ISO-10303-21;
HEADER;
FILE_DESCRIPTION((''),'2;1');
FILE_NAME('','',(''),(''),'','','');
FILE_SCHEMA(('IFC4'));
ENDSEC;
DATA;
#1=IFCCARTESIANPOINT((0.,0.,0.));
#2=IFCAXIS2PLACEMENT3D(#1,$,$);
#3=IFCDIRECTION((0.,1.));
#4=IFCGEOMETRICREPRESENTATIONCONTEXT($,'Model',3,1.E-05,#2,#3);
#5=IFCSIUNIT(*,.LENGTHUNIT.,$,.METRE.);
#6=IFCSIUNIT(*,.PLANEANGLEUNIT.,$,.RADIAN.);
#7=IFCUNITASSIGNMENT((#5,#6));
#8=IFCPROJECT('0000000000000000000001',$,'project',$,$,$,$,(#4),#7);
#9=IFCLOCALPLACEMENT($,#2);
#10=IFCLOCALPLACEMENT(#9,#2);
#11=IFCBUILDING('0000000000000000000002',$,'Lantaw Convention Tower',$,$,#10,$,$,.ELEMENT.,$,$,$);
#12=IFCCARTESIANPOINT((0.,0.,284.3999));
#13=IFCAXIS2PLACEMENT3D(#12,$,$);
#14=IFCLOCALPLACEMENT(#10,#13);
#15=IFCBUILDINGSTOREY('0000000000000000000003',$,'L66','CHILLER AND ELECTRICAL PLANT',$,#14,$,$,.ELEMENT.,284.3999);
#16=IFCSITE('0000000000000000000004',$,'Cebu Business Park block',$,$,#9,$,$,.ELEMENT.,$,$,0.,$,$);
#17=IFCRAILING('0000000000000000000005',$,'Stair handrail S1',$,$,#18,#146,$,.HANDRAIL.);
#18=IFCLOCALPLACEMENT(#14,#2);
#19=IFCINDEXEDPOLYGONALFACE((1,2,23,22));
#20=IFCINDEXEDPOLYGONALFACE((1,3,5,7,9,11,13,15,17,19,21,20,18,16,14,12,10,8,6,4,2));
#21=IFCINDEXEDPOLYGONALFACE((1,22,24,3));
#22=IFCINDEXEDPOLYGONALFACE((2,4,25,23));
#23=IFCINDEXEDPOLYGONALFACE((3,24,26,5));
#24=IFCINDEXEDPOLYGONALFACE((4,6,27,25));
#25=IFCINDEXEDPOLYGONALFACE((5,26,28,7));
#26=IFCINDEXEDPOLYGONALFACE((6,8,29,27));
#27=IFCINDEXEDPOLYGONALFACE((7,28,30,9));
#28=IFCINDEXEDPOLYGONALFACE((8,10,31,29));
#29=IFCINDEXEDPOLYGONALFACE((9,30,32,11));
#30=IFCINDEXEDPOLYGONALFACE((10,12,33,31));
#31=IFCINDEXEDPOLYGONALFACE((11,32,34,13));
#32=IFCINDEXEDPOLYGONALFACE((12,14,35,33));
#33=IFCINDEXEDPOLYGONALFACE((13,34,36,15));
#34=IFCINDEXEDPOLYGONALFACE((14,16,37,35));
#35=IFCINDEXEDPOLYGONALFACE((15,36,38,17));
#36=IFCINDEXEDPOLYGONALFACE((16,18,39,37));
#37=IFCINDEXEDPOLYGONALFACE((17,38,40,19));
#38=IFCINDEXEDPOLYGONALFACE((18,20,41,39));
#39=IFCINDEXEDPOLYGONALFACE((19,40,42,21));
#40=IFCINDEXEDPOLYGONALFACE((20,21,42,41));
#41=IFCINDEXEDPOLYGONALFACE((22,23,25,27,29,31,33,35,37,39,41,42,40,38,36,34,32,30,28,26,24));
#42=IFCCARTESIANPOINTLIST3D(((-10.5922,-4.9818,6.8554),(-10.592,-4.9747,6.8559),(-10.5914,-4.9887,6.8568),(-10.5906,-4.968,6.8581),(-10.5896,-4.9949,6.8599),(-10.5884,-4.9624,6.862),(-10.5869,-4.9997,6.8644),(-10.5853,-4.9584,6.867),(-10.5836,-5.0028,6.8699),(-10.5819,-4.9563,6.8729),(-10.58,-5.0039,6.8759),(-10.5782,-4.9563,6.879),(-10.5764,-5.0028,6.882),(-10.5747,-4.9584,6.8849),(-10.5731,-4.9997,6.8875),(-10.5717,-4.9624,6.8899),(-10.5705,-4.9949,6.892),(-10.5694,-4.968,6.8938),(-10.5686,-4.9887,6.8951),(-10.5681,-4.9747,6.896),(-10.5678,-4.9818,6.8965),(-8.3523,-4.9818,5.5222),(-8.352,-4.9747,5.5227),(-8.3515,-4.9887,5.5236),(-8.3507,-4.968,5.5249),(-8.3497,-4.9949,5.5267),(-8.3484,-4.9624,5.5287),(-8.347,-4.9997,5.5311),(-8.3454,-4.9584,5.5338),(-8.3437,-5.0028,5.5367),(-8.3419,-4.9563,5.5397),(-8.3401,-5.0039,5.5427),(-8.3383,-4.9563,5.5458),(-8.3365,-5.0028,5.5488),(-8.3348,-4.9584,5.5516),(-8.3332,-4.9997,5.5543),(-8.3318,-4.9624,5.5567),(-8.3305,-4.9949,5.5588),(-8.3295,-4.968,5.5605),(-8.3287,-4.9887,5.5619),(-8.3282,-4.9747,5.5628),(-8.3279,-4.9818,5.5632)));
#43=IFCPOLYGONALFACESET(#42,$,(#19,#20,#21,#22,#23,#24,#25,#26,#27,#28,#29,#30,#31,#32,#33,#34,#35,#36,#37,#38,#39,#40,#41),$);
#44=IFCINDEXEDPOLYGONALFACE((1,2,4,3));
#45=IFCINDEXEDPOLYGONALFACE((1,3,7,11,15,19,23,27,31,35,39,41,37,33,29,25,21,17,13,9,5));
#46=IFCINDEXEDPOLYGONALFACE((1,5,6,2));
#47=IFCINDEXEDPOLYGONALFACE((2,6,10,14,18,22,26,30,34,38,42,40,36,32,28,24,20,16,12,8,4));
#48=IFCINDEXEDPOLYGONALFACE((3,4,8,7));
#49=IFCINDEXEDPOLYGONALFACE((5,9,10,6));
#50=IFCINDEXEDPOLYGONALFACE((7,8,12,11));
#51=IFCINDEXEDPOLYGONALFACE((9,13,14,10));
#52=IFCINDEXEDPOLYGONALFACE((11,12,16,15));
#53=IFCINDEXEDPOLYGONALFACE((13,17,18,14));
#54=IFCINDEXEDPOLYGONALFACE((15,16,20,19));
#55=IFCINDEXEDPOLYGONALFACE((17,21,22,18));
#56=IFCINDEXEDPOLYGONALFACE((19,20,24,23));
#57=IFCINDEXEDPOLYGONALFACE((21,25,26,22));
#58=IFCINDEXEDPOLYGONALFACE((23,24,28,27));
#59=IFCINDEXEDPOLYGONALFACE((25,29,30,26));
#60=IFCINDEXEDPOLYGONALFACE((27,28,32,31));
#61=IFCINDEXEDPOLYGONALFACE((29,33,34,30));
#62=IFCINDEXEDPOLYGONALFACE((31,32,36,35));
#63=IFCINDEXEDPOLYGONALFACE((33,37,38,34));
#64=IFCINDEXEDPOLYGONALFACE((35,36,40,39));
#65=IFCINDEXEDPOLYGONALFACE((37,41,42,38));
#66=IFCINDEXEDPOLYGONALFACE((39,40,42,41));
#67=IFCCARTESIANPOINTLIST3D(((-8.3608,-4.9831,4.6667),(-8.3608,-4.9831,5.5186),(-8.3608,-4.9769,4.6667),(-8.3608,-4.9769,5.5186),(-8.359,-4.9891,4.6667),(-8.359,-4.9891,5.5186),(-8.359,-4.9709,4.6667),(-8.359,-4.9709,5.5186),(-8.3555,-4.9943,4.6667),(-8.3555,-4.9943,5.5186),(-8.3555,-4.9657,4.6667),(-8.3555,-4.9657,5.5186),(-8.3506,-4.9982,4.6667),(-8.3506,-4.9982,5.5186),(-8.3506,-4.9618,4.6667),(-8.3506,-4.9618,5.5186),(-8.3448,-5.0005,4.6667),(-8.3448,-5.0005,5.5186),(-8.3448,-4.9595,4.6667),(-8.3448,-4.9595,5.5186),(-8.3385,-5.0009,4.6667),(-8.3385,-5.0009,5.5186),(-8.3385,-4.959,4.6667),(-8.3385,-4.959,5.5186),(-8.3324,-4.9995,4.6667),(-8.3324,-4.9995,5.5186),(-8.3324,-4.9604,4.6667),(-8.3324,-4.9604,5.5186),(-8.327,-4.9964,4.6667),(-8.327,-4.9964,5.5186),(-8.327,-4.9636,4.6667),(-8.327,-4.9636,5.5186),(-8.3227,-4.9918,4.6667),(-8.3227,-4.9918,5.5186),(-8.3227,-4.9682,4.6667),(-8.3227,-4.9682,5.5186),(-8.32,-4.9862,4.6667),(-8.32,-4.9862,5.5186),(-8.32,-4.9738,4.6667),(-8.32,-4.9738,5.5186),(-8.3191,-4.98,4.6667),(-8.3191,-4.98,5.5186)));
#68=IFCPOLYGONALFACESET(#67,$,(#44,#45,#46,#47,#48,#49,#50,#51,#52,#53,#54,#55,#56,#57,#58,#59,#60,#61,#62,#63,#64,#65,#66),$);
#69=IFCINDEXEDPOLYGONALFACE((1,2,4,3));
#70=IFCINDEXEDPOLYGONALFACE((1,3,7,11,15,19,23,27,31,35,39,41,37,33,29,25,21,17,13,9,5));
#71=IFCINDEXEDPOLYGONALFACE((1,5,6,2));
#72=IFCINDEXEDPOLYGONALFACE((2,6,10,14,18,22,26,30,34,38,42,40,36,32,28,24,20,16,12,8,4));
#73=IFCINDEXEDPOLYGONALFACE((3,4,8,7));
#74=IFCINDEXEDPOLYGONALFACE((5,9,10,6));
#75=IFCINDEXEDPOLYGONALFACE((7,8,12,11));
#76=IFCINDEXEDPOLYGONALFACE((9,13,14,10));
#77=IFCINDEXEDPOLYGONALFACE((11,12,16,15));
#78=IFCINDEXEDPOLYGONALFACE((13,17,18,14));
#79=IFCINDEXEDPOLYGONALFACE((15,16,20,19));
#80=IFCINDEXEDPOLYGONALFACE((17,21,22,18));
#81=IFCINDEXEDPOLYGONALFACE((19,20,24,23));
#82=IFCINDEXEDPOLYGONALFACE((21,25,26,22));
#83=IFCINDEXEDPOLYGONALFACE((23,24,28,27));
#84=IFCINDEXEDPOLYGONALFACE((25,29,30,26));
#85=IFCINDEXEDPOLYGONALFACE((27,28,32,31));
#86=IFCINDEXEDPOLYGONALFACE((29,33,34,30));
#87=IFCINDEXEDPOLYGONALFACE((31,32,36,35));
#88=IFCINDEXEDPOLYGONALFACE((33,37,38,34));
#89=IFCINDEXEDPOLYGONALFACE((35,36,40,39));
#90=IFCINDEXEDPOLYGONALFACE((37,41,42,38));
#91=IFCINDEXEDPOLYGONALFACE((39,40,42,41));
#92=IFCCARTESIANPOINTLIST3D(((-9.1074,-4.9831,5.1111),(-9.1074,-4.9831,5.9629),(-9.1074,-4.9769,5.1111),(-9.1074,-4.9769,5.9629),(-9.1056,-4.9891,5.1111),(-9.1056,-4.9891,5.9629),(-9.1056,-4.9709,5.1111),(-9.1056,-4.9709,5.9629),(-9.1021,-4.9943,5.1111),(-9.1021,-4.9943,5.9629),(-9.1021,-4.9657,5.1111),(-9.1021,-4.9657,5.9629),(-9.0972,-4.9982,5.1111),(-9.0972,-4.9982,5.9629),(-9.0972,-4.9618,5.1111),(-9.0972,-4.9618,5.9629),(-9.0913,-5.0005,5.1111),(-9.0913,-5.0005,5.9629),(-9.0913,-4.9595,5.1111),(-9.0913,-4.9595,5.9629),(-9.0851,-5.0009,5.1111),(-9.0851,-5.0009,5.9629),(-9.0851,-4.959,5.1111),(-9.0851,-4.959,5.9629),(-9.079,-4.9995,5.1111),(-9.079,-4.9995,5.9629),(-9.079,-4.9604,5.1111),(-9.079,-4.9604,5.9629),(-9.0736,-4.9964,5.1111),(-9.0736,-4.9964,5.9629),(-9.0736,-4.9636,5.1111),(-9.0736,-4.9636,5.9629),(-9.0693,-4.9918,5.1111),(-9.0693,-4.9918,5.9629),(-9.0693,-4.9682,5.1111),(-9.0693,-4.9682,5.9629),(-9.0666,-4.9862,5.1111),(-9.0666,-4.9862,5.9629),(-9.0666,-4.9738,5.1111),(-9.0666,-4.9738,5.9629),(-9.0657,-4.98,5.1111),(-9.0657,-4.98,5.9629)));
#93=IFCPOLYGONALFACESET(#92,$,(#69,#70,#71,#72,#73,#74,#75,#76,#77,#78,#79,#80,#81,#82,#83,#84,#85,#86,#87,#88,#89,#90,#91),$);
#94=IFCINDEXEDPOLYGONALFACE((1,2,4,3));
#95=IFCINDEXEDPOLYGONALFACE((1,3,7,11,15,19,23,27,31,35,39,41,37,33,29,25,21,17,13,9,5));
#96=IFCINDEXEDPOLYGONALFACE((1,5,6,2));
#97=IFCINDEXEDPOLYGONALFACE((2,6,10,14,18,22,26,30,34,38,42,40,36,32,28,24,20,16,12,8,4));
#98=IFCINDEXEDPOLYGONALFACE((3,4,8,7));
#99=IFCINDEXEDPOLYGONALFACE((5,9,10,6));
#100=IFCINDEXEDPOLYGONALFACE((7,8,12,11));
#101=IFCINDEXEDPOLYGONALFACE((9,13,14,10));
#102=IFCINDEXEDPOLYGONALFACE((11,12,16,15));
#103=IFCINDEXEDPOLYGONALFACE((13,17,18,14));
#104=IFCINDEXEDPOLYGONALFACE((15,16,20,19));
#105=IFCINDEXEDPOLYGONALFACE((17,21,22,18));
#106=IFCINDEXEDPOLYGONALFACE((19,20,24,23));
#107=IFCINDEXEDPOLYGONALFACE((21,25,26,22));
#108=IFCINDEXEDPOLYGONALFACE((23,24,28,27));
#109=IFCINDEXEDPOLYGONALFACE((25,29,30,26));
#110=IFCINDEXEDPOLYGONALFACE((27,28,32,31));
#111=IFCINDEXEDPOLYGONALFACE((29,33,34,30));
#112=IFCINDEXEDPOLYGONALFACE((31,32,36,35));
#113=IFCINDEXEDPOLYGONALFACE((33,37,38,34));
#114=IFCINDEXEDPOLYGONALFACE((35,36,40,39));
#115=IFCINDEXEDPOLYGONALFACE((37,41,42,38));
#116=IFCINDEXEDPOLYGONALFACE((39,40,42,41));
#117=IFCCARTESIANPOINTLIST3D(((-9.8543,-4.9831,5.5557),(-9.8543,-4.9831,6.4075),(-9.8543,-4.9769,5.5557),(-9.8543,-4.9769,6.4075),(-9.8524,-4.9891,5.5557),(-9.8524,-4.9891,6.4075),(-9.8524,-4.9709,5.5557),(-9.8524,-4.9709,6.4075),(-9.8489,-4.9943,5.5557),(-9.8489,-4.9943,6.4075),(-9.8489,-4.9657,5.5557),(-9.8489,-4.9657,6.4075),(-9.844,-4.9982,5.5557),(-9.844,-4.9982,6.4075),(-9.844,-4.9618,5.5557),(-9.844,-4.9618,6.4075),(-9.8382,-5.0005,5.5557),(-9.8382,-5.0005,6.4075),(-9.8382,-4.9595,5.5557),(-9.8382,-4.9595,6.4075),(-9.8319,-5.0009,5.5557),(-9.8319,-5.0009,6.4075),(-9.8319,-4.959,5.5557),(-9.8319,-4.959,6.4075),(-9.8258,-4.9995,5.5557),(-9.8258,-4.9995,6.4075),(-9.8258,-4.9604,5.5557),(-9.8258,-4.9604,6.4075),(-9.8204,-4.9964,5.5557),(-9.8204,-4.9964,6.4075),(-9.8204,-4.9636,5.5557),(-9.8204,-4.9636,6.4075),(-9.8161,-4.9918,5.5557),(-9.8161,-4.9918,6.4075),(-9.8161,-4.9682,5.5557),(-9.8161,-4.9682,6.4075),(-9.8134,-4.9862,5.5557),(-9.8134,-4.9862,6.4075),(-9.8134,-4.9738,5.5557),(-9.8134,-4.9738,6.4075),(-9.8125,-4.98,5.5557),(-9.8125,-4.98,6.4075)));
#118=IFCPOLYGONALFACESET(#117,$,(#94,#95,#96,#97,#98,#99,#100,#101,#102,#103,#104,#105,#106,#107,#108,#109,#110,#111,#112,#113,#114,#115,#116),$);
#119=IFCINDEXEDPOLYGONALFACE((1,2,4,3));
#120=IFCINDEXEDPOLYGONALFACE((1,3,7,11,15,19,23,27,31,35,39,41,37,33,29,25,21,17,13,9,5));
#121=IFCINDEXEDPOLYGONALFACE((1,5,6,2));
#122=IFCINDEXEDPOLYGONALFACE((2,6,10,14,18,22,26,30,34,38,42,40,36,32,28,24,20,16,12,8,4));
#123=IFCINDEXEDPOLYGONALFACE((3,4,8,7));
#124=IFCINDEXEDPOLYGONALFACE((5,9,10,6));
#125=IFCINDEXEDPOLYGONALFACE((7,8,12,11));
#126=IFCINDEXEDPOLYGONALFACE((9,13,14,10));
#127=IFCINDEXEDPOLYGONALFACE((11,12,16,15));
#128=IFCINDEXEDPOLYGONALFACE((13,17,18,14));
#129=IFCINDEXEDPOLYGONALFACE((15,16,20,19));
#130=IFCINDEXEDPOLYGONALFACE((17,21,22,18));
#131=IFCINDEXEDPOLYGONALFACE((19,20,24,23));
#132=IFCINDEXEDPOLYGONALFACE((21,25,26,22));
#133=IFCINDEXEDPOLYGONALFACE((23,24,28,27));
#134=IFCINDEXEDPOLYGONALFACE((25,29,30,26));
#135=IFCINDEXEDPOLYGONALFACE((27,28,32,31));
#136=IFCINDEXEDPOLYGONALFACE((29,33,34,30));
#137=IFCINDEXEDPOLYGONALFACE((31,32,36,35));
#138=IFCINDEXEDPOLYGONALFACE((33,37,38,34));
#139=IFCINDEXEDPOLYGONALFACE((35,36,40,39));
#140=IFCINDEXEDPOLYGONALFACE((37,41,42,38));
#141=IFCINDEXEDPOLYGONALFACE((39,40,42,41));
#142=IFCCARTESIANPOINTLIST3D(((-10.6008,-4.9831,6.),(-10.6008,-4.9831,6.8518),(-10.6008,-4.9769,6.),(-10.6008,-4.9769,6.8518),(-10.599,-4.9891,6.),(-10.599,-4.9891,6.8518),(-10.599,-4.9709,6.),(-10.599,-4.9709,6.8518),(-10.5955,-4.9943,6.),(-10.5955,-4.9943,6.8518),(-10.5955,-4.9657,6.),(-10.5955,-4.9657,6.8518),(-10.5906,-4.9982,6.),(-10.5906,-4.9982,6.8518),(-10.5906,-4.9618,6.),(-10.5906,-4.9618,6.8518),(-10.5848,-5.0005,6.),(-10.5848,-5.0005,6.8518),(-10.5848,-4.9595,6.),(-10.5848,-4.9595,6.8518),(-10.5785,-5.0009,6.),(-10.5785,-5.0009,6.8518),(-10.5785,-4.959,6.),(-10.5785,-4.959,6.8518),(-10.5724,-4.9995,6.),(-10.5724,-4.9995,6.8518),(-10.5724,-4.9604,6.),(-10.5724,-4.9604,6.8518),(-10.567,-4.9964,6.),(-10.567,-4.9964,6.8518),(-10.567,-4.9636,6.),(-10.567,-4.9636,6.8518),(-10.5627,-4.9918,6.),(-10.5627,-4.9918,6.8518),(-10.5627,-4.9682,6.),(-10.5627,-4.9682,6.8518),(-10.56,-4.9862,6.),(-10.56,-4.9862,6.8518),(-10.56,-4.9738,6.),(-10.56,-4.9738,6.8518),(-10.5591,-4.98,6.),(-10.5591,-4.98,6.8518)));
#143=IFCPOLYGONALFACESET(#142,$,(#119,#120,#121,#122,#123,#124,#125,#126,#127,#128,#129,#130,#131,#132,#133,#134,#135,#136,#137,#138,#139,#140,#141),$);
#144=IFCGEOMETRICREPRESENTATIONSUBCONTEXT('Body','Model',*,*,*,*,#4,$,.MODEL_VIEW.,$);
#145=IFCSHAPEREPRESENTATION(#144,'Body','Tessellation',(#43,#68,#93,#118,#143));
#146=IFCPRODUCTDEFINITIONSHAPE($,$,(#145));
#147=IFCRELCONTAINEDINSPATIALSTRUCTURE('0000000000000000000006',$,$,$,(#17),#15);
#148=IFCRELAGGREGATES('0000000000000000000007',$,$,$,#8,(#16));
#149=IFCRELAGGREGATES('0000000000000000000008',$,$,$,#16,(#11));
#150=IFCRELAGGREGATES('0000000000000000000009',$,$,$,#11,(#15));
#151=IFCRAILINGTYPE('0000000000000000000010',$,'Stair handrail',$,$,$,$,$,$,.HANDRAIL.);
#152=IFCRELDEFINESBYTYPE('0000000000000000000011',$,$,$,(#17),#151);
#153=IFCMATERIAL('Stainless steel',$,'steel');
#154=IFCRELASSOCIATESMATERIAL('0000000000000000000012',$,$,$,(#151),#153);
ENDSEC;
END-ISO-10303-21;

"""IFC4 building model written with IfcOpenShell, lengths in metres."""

from ifc_helpers import new_model, si_unit, direction, frame, origin, origin_2d, place, context, subcontext, project, spatial, circle, extrude, material, type_object, element, save


model = new_model("IFC4")

# Units and contexts
model_context = context("Model", 3, precision=1e-05, world=origin(), true_north=direction((0.0, 1.0)))
body_context = subcontext(model_context, "Body", "Model", "MODEL_VIEW")
ifc_project = project(units=[si_unit("LENGTHUNIT", "METRE"), si_unit("PLANEANGLEUNIT", "RADIAN")], contexts=[model_context])

# Site, building, storey
site_placement = place(None, origin())
site = spatial("IfcSite", under=ifc_project, at=site_placement, Name="Cebu Business Park block", CompositionType="ELEMENT", RefElevation=0.0)
building_placement = place(site_placement, origin())
building = spatial("IfcBuilding", under=site, at=building_placement, Name="Lantaw Convention Tower", CompositionType="ELEMENT")
storey_placement = place(building_placement, frame((0.0, 0.0, 284.3999)))
storey = spatial("IfcBuildingStorey", under=building, at=storey_placement, Name="L66", Description="CHILLER AND ELECTRICAL PLANT", CompositionType="ELEMENT", Elevation=284.3999)

# Railing
ifc_material_1 = material(Name="Stainless steel", Category="steel")
railing_type = type_object("IfcRailingType", Name="Stair handrail", PredefinedType="HANDRAIL", material=ifc_material_1)
railing_1_placement = place(storey_placement, frame((-8.3401, -4.98, 4.6667)))
element("IfcRailing", 1, at=railing_1_placement, inside=storey, type_object=railing_type, Name="Stair handrail S1", PredefinedType="HANDRAIL", context=body_context, shape_type="SweptSolid", body=[
    extrude(circle(Radius=0.0239, at=origin_2d()), frame((0.0, 0.0, 0.876), z_axis=(-0.859306, 0.0, 0.511462), x_axis=(0.0, -1.0, 0.0)), (0.0, 0.0, 1.0), 2.6067),
    extrude(circle(Radius=0.021, at=origin_2d()), origin(), (0.0, 0.0, 1.0), 0.8518),
    extrude(circle(Radius=0.021, at=origin_2d()), frame((-0.7466, 0.0, 0.4443)), (0.0, 0.0, 1.0), 0.8518),
    extrude(circle(Radius=0.021, at=origin_2d()), frame((-1.4934, 0.0, 0.8889)), (0.0, 0.0, 1.0), 0.8518),
    extrude(circle(Radius=0.021, at=origin_2d()), frame((-2.24, 0.0, 1.3333)), (0.0, 0.0, 1.0), 0.8518),
])

save(model, "model.ifc")
